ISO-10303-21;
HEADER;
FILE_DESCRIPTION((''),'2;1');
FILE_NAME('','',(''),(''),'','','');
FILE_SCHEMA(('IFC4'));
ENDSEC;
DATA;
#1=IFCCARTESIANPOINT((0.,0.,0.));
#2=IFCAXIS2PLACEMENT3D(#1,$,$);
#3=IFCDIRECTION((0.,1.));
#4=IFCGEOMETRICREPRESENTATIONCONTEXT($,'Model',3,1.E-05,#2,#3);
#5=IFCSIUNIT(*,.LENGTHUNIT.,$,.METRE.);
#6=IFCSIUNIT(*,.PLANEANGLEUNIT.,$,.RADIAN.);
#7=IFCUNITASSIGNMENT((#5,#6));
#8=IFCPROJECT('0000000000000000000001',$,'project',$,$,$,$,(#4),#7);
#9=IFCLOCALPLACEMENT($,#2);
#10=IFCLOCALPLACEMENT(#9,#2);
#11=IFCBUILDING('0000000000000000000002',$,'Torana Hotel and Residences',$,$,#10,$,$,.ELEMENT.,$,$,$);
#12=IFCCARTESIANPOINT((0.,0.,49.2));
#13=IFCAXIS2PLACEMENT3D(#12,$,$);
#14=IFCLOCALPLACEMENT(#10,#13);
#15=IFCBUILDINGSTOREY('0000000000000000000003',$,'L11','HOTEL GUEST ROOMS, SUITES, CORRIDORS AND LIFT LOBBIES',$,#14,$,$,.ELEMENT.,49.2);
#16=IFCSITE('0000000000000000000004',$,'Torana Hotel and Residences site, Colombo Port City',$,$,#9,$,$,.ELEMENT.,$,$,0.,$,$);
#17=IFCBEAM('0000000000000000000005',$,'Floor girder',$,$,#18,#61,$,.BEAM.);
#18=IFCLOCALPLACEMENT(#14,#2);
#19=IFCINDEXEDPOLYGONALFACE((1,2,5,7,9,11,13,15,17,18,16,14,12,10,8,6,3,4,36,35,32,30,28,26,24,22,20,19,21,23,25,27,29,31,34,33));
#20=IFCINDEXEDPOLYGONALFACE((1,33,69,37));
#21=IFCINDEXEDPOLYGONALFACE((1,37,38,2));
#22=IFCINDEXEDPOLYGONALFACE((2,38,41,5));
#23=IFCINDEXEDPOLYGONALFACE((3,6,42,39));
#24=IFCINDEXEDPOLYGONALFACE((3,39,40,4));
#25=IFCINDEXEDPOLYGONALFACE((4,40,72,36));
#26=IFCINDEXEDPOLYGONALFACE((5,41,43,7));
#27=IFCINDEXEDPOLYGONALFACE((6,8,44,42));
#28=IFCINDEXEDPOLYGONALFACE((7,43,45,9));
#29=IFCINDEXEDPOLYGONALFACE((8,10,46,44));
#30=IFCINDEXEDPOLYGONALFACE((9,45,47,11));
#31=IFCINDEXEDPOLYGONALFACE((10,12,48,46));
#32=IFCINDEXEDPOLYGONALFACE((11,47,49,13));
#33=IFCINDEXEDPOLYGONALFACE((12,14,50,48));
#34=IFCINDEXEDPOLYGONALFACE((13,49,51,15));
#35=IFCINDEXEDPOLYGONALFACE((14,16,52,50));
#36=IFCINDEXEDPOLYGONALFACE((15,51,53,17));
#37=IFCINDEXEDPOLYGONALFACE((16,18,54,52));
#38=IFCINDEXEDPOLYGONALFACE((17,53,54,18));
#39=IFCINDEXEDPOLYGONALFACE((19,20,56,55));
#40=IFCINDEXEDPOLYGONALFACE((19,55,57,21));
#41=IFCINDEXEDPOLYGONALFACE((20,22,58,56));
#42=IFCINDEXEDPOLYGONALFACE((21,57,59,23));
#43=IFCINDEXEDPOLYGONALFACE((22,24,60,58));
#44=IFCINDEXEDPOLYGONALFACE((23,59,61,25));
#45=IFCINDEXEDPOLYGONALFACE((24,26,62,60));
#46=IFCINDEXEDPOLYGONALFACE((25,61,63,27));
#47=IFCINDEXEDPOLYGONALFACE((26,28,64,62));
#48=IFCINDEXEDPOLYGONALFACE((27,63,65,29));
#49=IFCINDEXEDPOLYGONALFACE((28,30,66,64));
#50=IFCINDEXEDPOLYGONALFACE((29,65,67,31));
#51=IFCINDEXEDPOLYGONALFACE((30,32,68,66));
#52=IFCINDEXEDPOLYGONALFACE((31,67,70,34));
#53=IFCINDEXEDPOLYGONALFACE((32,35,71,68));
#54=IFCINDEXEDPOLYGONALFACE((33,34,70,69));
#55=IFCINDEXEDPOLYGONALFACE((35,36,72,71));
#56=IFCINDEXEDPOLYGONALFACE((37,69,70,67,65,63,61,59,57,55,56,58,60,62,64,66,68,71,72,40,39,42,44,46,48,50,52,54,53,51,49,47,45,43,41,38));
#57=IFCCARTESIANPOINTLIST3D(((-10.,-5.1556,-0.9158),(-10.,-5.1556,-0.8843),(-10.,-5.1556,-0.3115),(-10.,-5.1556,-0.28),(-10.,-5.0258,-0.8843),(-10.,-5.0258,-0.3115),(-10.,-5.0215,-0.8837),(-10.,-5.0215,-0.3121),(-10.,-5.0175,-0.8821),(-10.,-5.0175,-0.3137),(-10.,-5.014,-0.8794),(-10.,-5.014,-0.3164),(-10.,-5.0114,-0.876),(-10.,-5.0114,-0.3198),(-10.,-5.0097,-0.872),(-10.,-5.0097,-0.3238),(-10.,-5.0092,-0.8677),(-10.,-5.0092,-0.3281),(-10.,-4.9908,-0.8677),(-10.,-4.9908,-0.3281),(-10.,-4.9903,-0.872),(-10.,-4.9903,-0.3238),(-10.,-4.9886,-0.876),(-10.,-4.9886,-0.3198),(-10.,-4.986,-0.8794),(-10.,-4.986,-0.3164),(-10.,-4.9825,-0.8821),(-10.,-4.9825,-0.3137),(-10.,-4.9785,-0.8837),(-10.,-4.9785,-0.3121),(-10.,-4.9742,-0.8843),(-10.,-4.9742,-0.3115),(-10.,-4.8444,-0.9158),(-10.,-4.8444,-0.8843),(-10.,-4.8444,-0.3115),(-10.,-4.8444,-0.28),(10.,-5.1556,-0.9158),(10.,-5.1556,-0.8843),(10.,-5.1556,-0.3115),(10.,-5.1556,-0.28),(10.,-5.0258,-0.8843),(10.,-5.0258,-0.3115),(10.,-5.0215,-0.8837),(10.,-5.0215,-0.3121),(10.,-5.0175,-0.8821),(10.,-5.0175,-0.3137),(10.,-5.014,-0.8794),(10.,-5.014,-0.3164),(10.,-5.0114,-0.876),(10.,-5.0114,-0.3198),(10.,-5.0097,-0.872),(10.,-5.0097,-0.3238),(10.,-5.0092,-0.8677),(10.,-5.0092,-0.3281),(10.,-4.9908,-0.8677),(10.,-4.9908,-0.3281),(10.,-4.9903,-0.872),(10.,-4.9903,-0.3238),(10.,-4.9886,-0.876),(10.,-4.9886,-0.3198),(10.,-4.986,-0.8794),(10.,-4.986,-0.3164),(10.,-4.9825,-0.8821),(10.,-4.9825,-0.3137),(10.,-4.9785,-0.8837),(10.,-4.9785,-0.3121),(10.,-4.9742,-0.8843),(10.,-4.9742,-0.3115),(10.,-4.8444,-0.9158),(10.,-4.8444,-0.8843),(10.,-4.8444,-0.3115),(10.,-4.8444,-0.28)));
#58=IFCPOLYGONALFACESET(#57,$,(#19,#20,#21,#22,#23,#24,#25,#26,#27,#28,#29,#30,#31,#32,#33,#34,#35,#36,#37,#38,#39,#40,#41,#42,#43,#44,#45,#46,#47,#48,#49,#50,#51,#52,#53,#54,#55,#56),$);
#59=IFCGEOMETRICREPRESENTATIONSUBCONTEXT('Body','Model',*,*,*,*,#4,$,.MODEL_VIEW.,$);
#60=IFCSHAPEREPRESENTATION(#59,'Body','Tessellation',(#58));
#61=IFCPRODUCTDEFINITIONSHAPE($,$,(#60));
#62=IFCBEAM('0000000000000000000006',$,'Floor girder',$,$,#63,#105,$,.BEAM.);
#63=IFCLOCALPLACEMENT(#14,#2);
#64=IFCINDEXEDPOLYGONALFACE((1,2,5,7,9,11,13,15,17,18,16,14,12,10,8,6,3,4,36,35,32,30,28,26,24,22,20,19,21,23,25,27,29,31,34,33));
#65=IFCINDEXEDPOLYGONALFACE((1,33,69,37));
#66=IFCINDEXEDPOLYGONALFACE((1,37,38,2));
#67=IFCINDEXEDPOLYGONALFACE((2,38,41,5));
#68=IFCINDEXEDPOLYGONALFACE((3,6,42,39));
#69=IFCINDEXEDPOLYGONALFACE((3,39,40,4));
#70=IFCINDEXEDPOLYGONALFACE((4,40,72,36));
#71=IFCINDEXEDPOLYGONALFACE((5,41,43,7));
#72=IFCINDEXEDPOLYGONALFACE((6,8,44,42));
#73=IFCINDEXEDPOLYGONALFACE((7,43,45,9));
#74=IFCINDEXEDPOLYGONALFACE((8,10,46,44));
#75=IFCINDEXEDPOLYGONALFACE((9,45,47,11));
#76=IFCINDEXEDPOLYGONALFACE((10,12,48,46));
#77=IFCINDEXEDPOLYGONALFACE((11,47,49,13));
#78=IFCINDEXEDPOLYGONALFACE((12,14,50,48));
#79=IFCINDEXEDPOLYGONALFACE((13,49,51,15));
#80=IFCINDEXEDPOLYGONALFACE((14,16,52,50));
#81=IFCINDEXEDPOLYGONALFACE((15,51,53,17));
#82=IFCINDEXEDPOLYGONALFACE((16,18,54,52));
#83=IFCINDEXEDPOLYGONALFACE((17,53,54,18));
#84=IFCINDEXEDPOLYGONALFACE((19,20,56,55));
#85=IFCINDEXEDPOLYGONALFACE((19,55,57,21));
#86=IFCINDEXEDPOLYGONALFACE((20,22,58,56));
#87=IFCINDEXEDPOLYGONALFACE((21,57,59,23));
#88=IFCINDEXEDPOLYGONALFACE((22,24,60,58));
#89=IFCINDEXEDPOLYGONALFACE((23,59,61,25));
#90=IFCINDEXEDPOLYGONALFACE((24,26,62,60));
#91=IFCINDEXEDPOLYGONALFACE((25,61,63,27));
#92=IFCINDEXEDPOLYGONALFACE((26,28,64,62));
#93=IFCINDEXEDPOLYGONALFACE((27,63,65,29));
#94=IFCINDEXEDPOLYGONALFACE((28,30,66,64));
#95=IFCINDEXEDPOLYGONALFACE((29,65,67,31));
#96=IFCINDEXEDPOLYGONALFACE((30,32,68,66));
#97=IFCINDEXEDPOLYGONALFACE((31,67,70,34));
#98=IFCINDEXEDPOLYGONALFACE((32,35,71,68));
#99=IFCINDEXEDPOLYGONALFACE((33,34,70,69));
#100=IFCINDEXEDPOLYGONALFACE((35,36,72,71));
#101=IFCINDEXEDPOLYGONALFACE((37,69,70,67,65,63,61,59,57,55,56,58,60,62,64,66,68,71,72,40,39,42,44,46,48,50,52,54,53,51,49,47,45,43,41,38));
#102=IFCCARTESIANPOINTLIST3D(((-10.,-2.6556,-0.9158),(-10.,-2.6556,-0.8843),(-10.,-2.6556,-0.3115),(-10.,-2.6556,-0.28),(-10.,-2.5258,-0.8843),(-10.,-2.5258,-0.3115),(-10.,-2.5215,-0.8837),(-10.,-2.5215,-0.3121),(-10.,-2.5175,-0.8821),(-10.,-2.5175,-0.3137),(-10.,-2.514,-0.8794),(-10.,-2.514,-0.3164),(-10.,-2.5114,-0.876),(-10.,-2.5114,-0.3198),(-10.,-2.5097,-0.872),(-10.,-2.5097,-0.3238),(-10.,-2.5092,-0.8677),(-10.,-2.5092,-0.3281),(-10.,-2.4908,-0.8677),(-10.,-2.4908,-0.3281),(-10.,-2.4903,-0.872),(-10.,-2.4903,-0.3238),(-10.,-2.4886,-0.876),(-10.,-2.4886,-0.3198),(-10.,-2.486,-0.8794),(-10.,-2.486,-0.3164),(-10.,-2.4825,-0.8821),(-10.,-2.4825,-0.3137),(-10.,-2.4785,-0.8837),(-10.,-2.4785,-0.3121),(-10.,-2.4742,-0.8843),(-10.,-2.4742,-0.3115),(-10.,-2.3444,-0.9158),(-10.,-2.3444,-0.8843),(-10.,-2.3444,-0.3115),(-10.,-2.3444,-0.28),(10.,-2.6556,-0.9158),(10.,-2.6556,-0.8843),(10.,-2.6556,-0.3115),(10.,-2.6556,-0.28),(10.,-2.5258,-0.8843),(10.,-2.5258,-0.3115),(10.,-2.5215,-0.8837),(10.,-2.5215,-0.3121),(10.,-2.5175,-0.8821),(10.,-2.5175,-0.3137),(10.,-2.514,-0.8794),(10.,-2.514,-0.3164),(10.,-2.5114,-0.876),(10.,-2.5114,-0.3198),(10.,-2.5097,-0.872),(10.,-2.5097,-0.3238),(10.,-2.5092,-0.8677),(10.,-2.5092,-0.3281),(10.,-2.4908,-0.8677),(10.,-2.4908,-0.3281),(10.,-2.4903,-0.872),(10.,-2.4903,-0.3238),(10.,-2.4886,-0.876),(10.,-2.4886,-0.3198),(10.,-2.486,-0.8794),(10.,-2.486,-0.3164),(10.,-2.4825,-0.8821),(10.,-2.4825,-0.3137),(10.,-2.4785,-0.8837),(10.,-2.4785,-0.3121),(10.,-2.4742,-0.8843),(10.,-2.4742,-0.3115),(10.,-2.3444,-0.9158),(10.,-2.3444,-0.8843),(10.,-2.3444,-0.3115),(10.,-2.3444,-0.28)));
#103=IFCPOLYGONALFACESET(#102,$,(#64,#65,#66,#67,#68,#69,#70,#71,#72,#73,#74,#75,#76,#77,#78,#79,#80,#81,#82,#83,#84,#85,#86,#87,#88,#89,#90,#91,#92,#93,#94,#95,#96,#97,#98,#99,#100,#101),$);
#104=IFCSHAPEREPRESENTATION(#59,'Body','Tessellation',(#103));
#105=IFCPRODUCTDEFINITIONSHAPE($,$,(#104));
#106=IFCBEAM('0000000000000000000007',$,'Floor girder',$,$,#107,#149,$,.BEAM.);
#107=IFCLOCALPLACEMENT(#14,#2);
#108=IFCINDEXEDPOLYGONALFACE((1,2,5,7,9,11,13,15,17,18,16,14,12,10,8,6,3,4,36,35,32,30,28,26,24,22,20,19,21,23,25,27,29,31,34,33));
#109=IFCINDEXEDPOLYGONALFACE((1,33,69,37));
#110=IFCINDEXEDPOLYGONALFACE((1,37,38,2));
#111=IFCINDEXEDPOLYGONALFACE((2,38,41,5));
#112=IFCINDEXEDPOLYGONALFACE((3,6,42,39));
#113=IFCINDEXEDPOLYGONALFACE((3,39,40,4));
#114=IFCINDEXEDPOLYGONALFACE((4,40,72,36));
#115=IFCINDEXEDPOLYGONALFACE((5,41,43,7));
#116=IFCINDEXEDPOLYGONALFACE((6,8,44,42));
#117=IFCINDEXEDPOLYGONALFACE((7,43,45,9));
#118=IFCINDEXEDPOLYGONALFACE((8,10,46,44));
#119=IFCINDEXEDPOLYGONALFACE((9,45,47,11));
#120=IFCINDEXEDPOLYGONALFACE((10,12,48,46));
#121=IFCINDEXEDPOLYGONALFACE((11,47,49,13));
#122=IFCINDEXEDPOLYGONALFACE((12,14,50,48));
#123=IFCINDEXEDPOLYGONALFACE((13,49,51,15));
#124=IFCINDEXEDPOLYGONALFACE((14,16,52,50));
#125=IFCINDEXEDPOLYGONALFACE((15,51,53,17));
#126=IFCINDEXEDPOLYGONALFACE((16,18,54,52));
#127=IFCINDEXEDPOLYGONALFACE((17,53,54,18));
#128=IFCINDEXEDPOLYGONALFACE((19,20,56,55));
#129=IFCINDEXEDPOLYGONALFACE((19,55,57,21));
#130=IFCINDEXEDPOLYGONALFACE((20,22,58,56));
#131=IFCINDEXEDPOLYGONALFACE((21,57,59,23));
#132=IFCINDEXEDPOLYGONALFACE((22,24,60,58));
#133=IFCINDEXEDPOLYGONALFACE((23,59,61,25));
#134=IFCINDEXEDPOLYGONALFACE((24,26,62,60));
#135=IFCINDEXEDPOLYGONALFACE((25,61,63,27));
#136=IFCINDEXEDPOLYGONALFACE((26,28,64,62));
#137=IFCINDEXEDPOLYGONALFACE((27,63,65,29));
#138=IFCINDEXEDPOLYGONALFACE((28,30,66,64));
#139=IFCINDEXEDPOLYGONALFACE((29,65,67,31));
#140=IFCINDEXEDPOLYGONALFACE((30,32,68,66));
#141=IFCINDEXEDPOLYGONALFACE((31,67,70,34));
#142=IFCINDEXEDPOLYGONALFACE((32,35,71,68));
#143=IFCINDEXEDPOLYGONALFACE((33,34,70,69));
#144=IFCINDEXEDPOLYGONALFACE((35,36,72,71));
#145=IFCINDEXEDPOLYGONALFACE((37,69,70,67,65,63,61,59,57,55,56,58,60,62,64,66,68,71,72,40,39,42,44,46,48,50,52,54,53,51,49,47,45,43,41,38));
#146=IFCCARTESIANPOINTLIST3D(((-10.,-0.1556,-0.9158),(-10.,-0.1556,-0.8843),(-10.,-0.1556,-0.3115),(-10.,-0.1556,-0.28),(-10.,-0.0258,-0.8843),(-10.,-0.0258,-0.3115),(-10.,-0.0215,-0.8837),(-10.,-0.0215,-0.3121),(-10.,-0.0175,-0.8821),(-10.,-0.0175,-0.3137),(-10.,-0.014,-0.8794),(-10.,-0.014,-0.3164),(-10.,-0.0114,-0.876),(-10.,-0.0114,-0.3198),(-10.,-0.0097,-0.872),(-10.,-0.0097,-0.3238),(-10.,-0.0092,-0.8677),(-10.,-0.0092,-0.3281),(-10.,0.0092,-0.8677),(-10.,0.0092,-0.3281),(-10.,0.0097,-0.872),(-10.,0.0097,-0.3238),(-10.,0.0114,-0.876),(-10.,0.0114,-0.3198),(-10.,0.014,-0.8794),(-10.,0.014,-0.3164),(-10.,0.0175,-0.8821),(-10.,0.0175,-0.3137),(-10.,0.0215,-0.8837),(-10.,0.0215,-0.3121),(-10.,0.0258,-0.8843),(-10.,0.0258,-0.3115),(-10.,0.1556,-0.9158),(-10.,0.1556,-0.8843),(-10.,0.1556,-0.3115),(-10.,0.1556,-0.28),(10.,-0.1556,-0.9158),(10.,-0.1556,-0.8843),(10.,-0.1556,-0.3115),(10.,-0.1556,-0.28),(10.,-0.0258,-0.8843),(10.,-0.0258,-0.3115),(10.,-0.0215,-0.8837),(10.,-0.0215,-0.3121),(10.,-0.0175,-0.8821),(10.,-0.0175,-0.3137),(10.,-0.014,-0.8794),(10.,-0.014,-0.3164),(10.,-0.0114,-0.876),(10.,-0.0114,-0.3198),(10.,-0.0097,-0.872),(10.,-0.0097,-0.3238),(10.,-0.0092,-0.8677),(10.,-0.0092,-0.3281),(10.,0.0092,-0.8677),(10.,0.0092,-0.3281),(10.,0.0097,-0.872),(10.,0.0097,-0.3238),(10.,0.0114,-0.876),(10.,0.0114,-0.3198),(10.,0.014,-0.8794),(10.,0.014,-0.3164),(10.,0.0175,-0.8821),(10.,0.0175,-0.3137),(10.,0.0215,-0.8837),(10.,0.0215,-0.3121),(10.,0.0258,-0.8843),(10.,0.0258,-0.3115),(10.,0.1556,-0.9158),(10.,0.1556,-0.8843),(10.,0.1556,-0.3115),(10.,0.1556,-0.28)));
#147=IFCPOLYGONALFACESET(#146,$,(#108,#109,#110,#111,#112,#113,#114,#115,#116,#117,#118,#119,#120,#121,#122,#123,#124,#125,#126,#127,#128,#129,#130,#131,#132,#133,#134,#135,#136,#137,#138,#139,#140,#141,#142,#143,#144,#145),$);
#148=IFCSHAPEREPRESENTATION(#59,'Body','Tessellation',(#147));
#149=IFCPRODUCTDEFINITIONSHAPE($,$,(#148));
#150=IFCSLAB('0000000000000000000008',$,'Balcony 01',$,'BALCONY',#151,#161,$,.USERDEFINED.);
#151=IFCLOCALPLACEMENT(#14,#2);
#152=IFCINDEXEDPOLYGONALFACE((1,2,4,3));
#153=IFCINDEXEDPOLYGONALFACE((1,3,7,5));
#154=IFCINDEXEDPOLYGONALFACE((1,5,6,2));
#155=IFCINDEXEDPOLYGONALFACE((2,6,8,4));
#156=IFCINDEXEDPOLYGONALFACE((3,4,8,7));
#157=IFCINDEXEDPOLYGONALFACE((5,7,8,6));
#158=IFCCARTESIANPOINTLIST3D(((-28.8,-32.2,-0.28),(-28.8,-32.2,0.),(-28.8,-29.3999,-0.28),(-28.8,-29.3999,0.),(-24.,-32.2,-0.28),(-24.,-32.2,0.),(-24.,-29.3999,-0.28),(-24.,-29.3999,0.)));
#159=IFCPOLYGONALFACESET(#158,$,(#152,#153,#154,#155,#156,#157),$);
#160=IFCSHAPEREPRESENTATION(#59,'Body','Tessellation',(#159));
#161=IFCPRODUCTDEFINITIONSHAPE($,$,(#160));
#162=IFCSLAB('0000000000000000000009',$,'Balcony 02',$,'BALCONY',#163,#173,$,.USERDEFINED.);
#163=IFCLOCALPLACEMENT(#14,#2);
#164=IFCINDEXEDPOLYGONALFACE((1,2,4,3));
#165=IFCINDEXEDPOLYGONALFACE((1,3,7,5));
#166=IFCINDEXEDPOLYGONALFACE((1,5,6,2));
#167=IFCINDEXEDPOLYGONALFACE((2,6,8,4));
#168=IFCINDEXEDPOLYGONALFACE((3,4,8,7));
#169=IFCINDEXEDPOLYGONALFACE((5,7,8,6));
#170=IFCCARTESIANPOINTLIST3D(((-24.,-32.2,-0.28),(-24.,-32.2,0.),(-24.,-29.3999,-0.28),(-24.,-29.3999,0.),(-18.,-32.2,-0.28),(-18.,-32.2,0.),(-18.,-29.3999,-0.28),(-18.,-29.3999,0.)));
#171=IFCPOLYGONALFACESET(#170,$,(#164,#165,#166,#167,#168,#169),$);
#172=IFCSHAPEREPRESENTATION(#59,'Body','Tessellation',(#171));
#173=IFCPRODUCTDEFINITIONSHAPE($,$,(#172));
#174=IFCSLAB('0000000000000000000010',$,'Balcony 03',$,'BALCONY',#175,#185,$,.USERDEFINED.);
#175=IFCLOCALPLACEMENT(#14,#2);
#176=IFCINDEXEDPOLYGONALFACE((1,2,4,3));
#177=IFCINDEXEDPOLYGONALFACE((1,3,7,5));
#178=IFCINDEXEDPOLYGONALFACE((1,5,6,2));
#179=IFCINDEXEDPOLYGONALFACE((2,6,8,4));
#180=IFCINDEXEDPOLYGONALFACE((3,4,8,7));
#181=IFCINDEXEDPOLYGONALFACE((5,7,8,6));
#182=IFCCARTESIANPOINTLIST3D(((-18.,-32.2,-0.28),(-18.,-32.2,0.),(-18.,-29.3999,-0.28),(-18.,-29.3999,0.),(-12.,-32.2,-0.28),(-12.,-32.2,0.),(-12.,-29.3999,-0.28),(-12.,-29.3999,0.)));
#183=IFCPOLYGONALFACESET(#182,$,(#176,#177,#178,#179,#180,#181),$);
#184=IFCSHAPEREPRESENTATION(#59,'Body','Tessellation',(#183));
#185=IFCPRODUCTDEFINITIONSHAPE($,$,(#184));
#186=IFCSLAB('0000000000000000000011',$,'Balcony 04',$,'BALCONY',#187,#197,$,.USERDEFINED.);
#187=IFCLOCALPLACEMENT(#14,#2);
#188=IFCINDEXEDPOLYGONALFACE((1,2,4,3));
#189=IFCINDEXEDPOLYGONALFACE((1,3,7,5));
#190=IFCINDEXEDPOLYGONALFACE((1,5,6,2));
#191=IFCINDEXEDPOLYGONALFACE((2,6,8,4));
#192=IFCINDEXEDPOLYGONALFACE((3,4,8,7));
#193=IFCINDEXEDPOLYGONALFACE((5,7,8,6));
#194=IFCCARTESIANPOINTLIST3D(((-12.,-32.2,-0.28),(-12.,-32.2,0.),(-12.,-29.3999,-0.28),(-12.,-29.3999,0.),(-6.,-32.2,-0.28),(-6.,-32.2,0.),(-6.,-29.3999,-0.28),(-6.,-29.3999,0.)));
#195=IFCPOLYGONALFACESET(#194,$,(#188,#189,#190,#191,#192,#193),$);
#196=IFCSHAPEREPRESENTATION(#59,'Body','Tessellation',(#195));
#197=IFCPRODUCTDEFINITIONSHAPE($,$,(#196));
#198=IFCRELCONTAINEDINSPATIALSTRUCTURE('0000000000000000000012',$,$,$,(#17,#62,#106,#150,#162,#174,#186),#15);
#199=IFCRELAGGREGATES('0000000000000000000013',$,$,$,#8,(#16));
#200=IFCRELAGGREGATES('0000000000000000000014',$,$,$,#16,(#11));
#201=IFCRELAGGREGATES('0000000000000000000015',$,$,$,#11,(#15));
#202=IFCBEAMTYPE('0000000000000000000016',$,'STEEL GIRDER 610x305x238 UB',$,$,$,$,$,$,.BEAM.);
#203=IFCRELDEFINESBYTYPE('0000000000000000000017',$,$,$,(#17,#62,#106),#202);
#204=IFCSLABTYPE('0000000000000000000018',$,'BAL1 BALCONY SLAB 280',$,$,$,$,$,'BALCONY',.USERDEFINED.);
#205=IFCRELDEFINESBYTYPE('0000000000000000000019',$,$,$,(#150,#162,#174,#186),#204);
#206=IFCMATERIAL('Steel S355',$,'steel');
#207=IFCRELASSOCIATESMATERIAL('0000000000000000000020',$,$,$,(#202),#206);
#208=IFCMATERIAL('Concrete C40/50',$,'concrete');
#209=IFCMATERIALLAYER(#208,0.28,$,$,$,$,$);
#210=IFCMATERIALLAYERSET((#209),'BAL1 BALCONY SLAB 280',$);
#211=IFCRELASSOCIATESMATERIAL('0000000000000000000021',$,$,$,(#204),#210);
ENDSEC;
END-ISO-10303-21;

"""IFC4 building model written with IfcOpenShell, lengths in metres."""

from ifc_helpers import new_model, si_unit, direction, frame, origin, origin_2d, place, context, subcontext, project, spatial, polyline, i_section, outline, extrude, material, layer, layer_set, material_profile, profile_set, type_object, element, save


model = new_model("IFC4")

# Units and contexts
model_context = context("Model", 3, precision=1e-05, world=origin(), true_north=direction((0.0, 1.0)))
body_context = subcontext(model_context, "Body", "Model", "MODEL_VIEW")
ifc_project = project(units=[si_unit("LENGTHUNIT", "METRE"), si_unit("PLANEANGLEUNIT", "RADIAN")], contexts=[model_context])

# Site, building, storey
site_placement = place(None, origin())
site = spatial("IfcSite", under=ifc_project, at=site_placement, Name="Torana Hotel and Residences site, Colombo Port City", CompositionType="ELEMENT", RefElevation=0.0)
building_placement = place(site_placement, origin())
building = spatial("IfcBuilding", under=site, at=building_placement, Name="Torana Hotel and Residences", CompositionType="ELEMENT")
storey_placement = place(building_placement, frame((0.0, 0.0, 49.2)))
storey = spatial("IfcBuildingStorey", under=building, at=storey_placement, Name="L11", Description="HOTEL GUEST ROOMS, SUITES, CORRIDORS AND LIFT LOBBIES", CompositionType="ELEMENT", Elevation=49.2)

# Beams
ifc_material_1 = material(Name="Steel S355", Category="steel")
ifc_material_profile = material_profile(ifc_material_1, i_section(OverallWidth=0.3113, OverallDepth=0.6357, WebThickness=0.0183, FlangeThickness=0.0315, FilletRadius=0.0166, at=origin_2d()), Name="610x305x238 UB")
ifc_profile_set = profile_set([ifc_material_profile], Name="Steel S355")
beam_type = type_object("IfcBeamType", Name="STEEL GIRDER 610x305x238 UB", PredefinedType="BEAM", material=ifc_profile_set)
for number, where, z_axis, x_axis, name in (
    (1, (-10.0, -5.0, -0.5979), (1.0, 0.0, 0.0), (0.0, 1.0, 0.0), "Floor girder"),
    (2, (-10.0, -2.5, -0.5979), (1.0, 0.0, 0.0), (0.0, 1.0, 0.0), "Floor girder"),
    (3, (-10.0, 0.0, -0.5979), (1.0, 0.0, 0.0), (0.0, 1.0, 0.0), "Floor girder"),
):
    element("IfcBeam", number, at=place(storey_placement, frame(where, z_axis=z_axis, x_axis=x_axis)), inside=storey, type_object=beam_type, Name=name, PredefinedType="BEAM", context=body_context, shape_type="SweptSolid", body=[
        extrude(i_section(OverallWidth=0.3113, OverallDepth=0.6357, WebThickness=0.0183, FlangeThickness=0.0315, FilletRadius=0.0166, at=origin_2d()), origin(), (0.0, 0.0, 1.0), 20.0),
    ])

# Slabs
ifc_material_2 = material(Name="Concrete C40/50", Category="concrete")
ifc_layer_1 = layer(ifc_material_2, 0.28)
ifc_layer_set_1 = layer_set([ifc_layer_1], Name="BAL1 BALCONY SLAB 280")
slab_type_1 = type_object("IfcSlabType", Name="BAL1 BALCONY SLAB 280", ElementType="BALCONY", PredefinedType="USERDEFINED", material=ifc_layer_set_1)
slab_1_placement = place(storey_placement, frame((0.0, 0.0, -0.28)))
element("IfcSlab", 4, at=slab_1_placement, inside=storey, type_object=slab_type_1, Name="Balcony 01", ObjectType="BALCONY", PredefinedType="USERDEFINED", context=body_context, shape_type="SweptSolid", body=[
    extrude(outline(polyline([(-28.8, -32.2), (-24.0, -32.2), (-24.0, -29.3999), (-28.8, -29.3999), (-28.8, -32.2)])), origin(), (0.0, 0.0, 1.0), 0.28),
])
slab_2_placement = place(storey_placement, frame((0.0, 0.0, -0.28)))
element("IfcSlab", 5, at=slab_2_placement, inside=storey, type_object=slab_type_1, Name="Balcony 02", ObjectType="BALCONY", PredefinedType="USERDEFINED", context=body_context, shape_type="SweptSolid", body=[
    extrude(outline(polyline([(-24.0, -32.2), (-18.0, -32.2), (-18.0, -29.3999), (-24.0, -29.3999), (-24.0, -32.2)])), origin(), (0.0, 0.0, 1.0), 0.28),
])
slab_3_placement = place(storey_placement, frame((0.0, 0.0, -0.28)))
element("IfcSlab", 6, at=slab_3_placement, inside=storey, type_object=slab_type_1, Name="Balcony 03", ObjectType="BALCONY", PredefinedType="USERDEFINED", context=body_context, shape_type="SweptSolid", body=[
    extrude(outline(polyline([(-18.0, -32.2), (-12.0, -32.2), (-12.0, -29.3999), (-18.0, -29.3999), (-18.0, -32.2)])), origin(), (0.0, 0.0, 1.0), 0.28),
])
slab_4_placement = place(storey_placement, frame((0.0, 0.0, -0.28)))
element("IfcSlab", 7, at=slab_4_placement, inside=storey, type_object=slab_type_1, Name="Balcony 04", ObjectType="BALCONY", PredefinedType="USERDEFINED", context=body_context, shape_type="SweptSolid", body=[
    extrude(outline(polyline([(-12.0, -32.2), (-6.0, -32.2), (-6.0, -29.3999), (-12.0, -29.3999), (-12.0, -32.2)])), origin(), (0.0, 0.0, 1.0), 0.28),
])

save(model, "model.ifc")
